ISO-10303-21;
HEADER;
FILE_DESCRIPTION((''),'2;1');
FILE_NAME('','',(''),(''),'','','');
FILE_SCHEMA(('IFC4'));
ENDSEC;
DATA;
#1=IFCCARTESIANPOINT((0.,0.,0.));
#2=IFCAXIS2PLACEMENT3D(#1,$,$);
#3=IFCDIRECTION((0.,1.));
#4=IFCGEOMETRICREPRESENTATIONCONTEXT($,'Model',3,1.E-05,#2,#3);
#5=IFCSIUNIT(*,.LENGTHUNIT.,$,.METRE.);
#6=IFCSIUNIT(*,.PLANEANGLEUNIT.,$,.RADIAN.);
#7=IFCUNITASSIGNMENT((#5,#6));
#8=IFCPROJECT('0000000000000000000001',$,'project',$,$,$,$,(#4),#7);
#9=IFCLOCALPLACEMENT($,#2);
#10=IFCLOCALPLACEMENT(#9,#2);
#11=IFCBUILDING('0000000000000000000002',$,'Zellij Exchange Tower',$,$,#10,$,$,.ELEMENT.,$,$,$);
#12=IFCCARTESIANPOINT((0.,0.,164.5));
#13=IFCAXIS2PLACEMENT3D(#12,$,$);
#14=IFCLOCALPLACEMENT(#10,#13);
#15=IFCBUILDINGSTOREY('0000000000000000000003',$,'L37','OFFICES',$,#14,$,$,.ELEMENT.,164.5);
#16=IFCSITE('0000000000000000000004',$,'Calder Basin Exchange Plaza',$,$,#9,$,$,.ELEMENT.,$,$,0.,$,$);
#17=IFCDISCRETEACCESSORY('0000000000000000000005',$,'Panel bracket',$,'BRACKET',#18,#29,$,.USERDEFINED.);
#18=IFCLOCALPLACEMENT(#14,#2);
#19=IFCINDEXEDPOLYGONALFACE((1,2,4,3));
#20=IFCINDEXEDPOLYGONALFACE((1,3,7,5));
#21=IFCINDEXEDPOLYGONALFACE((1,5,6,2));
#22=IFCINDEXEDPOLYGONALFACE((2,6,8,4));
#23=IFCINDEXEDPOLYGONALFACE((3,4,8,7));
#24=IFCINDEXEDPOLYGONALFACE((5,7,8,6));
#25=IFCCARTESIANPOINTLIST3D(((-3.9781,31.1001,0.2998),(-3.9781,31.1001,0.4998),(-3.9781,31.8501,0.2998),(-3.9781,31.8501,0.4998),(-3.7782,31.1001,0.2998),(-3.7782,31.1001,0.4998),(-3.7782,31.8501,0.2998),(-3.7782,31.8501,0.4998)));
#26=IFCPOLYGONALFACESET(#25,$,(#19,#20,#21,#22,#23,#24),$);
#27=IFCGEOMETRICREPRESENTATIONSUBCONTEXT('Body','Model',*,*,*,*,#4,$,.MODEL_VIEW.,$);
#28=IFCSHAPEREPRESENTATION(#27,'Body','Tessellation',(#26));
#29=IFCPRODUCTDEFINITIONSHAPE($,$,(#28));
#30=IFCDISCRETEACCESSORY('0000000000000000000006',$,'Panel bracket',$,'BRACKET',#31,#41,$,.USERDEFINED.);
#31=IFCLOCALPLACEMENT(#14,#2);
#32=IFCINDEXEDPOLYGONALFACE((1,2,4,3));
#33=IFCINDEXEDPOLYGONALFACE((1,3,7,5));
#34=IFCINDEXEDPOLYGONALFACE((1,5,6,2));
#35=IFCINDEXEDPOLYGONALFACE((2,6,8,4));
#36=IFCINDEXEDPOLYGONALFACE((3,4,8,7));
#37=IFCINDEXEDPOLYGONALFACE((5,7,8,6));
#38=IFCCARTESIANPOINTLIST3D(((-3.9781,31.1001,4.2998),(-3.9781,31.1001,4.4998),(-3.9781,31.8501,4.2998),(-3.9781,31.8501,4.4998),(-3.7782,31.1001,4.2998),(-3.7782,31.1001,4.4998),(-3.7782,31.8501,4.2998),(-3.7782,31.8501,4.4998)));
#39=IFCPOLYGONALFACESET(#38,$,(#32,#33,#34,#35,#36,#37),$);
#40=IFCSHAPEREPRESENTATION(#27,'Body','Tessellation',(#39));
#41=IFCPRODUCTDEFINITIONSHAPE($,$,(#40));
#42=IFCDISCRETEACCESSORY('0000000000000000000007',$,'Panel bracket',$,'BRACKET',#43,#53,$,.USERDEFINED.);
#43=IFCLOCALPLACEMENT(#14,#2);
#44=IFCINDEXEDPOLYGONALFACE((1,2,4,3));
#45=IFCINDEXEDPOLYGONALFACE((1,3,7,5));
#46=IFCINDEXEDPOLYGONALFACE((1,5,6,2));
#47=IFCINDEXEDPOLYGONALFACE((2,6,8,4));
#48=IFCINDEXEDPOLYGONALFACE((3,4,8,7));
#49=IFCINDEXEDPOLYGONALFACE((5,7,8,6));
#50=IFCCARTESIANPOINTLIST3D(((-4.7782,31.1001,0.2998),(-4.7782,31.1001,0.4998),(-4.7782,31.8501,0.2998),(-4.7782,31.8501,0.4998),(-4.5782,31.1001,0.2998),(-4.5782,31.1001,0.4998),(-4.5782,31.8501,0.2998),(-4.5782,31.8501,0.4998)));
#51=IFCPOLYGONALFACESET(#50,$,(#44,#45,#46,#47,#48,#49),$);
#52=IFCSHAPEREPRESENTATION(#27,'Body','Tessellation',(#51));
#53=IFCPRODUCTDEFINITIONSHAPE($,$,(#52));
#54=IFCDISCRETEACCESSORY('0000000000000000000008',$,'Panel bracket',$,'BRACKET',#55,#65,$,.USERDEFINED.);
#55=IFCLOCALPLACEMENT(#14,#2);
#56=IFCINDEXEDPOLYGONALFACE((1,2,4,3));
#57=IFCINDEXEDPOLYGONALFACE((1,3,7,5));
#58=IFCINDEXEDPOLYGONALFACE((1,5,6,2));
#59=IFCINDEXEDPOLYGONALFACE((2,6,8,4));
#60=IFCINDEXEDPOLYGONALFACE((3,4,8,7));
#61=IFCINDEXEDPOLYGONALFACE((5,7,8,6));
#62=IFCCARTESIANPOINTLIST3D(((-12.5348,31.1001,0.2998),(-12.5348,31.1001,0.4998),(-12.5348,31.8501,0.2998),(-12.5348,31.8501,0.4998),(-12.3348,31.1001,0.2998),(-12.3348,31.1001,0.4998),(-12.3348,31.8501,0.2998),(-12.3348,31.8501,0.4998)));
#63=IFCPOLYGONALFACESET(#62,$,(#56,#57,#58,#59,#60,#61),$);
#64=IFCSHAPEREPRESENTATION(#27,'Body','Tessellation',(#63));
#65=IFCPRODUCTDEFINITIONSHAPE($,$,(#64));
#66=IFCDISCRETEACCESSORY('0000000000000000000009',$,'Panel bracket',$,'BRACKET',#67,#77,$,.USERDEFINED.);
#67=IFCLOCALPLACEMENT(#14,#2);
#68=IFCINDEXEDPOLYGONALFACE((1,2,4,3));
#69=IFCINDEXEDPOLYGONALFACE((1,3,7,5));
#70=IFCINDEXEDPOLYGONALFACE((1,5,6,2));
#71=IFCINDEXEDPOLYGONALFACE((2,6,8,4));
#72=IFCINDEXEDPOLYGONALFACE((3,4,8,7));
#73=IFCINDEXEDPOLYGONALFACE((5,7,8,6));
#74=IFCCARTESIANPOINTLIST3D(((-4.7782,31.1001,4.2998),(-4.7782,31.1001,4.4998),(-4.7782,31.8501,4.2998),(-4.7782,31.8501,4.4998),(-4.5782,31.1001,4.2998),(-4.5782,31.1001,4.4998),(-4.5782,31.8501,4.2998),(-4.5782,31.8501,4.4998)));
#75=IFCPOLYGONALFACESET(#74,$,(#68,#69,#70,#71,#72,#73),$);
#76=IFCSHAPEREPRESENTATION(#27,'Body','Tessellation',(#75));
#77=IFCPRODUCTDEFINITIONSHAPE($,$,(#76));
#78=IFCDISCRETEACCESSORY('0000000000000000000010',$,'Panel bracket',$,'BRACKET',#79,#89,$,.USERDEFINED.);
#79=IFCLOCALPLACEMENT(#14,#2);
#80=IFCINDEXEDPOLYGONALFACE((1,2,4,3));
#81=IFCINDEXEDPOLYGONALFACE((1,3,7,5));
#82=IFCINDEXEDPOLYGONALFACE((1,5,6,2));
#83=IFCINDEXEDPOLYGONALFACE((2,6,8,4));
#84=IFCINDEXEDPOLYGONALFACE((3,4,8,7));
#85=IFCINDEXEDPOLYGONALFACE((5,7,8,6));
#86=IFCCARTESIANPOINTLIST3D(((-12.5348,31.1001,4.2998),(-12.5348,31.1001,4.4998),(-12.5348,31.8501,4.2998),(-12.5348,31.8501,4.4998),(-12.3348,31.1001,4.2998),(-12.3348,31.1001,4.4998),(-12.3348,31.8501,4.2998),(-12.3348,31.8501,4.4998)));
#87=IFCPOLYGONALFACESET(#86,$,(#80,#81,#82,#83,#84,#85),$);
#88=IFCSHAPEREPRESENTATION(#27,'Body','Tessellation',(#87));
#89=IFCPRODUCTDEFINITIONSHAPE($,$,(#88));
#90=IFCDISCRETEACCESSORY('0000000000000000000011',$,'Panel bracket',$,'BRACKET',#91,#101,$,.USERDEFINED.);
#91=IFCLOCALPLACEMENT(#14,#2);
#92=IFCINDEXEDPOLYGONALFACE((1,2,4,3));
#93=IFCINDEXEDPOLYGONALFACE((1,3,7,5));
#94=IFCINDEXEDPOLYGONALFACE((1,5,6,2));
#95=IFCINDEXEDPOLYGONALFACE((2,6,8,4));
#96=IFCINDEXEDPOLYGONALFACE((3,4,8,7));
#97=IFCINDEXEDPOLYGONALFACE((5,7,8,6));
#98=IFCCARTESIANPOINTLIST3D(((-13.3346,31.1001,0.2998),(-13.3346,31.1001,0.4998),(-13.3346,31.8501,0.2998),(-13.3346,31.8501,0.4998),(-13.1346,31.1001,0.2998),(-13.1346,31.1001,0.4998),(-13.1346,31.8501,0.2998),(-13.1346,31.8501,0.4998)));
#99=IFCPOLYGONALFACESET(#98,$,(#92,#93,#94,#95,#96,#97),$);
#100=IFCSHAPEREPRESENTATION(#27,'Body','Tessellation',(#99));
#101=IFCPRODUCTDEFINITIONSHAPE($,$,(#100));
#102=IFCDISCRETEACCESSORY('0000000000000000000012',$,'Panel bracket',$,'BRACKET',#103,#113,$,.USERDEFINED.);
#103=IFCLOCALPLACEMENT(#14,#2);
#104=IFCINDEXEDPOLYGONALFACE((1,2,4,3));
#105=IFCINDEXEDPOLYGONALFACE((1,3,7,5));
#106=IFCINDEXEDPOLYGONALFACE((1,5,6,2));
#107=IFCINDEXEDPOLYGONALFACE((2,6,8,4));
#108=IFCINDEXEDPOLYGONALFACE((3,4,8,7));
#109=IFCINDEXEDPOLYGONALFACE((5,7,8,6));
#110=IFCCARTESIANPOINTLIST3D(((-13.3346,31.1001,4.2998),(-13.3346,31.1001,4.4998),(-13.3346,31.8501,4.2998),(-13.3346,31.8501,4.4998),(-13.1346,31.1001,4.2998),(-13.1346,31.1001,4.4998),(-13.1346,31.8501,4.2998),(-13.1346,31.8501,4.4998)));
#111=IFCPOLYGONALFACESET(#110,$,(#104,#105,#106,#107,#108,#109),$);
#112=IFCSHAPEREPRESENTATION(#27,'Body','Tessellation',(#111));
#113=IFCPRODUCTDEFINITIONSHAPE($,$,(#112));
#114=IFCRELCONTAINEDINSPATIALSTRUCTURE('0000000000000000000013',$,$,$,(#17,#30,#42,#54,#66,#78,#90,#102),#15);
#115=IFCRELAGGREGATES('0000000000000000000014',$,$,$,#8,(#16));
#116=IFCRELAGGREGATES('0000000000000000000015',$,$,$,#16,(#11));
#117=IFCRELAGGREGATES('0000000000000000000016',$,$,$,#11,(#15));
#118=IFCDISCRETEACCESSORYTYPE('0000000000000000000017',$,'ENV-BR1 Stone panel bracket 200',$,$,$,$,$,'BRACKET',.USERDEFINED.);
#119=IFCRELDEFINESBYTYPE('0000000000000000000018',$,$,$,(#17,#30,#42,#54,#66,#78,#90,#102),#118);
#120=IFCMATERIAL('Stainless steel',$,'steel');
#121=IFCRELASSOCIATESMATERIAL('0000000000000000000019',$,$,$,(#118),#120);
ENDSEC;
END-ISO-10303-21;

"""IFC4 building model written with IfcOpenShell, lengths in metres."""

from ifc_helpers import new_model, si_unit, direction, frame, origin, origin_2d, place, context, subcontext, project, spatial, rectangle, extrude, material, type_object, element, save


model = new_model("IFC4")

# Units and contexts
model_context = context("Model", 3, precision=1e-05, world=origin(), true_north=direction((0.0, 1.0)))
body_context = subcontext(model_context, "Body", "Model", "MODEL_VIEW")
ifc_project = project(units=[si_unit("LENGTHUNIT", "METRE"), si_unit("PLANEANGLEUNIT", "RADIAN")], contexts=[model_context])

# Site, building, storey
site_placement = place(None, origin())
site = spatial("IfcSite", under=ifc_project, at=site_placement, Name="Calder Basin Exchange Plaza", CompositionType="ELEMENT", RefElevation=0.0)
building_placement = place(site_placement, origin())
building = spatial("IfcBuilding", under=site, at=building_placement, Name="Zellij Exchange Tower", CompositionType="ELEMENT")
storey_placement = place(building_placement, frame((0.0, 0.0, 164.5)))
storey = spatial("IfcBuildingStorey", under=building, at=storey_placement, Name="L37", Description="OFFICES", CompositionType="ELEMENT", Elevation=164.5)

# Discrete accessories
ifc_material_1 = material(Name="Stainless steel", Category="steel")
discrete_accessory_type = type_object("IfcDiscreteAccessoryType", Name="ENV-BR1 Stone panel bracket 200", ElementType="BRACKET", PredefinedType="USERDEFINED", material=ifc_material_1)
for number, where, z_axis, x_axis, name in (
    (1, (-3.8782, 31.4751, 0.2998), (0.0, 0.0, 1.0), (-1.0, 0.0, 0.0), "Panel bracket"),
    (2, (-3.8782, 31.4751, 4.2998), (0.0, 0.0, 1.0), (-1.0, 0.0, 0.0), "Panel bracket"),
    (3, (-4.6782, 31.4751, 0.2998), (0.0, 0.0, 1.0), (-1.0, 0.0, 0.0), "Panel bracket"),
    (4, (-12.4348, 31.4751, 0.2998), (0.0, 0.0, 1.0), (-1.0, 0.0, 0.0), "Panel bracket"),
    (5, (-4.6782, 31.4751, 4.2998), (0.0, 0.0, 1.0), (-1.0, 0.0, 0.0), "Panel bracket"),
    (6, (-12.4348, 31.4751, 4.2998), (0.0, 0.0, 1.0), (-1.0, 0.0, 0.0), "Panel bracket"),
    (7, (-13.2346, 31.4751, 0.2998), (0.0, 0.0, 1.0), (-1.0, 0.0, 0.0), "Panel bracket"),
    (8, (-13.2346, 31.4751, 4.2998), (0.0, 0.0, 1.0), (-1.0, 0.0, 0.0), "Panel bracket"),
):
    element("IfcDiscreteAccessory", number, at=place(storey_placement, frame(where, z_axis=z_axis, x_axis=x_axis)), inside=storey, type_object=discrete_accessory_type, Name=name, ObjectType="BRACKET", PredefinedType="USERDEFINED", context=body_context, shape_type="SweptSolid", body=[
        extrude(rectangle(XDim=0.2, YDim=0.75, at=origin_2d()), origin(), (0.0, 0.0, 1.0), 0.2),
    ])

save(model, "model.ifc")
